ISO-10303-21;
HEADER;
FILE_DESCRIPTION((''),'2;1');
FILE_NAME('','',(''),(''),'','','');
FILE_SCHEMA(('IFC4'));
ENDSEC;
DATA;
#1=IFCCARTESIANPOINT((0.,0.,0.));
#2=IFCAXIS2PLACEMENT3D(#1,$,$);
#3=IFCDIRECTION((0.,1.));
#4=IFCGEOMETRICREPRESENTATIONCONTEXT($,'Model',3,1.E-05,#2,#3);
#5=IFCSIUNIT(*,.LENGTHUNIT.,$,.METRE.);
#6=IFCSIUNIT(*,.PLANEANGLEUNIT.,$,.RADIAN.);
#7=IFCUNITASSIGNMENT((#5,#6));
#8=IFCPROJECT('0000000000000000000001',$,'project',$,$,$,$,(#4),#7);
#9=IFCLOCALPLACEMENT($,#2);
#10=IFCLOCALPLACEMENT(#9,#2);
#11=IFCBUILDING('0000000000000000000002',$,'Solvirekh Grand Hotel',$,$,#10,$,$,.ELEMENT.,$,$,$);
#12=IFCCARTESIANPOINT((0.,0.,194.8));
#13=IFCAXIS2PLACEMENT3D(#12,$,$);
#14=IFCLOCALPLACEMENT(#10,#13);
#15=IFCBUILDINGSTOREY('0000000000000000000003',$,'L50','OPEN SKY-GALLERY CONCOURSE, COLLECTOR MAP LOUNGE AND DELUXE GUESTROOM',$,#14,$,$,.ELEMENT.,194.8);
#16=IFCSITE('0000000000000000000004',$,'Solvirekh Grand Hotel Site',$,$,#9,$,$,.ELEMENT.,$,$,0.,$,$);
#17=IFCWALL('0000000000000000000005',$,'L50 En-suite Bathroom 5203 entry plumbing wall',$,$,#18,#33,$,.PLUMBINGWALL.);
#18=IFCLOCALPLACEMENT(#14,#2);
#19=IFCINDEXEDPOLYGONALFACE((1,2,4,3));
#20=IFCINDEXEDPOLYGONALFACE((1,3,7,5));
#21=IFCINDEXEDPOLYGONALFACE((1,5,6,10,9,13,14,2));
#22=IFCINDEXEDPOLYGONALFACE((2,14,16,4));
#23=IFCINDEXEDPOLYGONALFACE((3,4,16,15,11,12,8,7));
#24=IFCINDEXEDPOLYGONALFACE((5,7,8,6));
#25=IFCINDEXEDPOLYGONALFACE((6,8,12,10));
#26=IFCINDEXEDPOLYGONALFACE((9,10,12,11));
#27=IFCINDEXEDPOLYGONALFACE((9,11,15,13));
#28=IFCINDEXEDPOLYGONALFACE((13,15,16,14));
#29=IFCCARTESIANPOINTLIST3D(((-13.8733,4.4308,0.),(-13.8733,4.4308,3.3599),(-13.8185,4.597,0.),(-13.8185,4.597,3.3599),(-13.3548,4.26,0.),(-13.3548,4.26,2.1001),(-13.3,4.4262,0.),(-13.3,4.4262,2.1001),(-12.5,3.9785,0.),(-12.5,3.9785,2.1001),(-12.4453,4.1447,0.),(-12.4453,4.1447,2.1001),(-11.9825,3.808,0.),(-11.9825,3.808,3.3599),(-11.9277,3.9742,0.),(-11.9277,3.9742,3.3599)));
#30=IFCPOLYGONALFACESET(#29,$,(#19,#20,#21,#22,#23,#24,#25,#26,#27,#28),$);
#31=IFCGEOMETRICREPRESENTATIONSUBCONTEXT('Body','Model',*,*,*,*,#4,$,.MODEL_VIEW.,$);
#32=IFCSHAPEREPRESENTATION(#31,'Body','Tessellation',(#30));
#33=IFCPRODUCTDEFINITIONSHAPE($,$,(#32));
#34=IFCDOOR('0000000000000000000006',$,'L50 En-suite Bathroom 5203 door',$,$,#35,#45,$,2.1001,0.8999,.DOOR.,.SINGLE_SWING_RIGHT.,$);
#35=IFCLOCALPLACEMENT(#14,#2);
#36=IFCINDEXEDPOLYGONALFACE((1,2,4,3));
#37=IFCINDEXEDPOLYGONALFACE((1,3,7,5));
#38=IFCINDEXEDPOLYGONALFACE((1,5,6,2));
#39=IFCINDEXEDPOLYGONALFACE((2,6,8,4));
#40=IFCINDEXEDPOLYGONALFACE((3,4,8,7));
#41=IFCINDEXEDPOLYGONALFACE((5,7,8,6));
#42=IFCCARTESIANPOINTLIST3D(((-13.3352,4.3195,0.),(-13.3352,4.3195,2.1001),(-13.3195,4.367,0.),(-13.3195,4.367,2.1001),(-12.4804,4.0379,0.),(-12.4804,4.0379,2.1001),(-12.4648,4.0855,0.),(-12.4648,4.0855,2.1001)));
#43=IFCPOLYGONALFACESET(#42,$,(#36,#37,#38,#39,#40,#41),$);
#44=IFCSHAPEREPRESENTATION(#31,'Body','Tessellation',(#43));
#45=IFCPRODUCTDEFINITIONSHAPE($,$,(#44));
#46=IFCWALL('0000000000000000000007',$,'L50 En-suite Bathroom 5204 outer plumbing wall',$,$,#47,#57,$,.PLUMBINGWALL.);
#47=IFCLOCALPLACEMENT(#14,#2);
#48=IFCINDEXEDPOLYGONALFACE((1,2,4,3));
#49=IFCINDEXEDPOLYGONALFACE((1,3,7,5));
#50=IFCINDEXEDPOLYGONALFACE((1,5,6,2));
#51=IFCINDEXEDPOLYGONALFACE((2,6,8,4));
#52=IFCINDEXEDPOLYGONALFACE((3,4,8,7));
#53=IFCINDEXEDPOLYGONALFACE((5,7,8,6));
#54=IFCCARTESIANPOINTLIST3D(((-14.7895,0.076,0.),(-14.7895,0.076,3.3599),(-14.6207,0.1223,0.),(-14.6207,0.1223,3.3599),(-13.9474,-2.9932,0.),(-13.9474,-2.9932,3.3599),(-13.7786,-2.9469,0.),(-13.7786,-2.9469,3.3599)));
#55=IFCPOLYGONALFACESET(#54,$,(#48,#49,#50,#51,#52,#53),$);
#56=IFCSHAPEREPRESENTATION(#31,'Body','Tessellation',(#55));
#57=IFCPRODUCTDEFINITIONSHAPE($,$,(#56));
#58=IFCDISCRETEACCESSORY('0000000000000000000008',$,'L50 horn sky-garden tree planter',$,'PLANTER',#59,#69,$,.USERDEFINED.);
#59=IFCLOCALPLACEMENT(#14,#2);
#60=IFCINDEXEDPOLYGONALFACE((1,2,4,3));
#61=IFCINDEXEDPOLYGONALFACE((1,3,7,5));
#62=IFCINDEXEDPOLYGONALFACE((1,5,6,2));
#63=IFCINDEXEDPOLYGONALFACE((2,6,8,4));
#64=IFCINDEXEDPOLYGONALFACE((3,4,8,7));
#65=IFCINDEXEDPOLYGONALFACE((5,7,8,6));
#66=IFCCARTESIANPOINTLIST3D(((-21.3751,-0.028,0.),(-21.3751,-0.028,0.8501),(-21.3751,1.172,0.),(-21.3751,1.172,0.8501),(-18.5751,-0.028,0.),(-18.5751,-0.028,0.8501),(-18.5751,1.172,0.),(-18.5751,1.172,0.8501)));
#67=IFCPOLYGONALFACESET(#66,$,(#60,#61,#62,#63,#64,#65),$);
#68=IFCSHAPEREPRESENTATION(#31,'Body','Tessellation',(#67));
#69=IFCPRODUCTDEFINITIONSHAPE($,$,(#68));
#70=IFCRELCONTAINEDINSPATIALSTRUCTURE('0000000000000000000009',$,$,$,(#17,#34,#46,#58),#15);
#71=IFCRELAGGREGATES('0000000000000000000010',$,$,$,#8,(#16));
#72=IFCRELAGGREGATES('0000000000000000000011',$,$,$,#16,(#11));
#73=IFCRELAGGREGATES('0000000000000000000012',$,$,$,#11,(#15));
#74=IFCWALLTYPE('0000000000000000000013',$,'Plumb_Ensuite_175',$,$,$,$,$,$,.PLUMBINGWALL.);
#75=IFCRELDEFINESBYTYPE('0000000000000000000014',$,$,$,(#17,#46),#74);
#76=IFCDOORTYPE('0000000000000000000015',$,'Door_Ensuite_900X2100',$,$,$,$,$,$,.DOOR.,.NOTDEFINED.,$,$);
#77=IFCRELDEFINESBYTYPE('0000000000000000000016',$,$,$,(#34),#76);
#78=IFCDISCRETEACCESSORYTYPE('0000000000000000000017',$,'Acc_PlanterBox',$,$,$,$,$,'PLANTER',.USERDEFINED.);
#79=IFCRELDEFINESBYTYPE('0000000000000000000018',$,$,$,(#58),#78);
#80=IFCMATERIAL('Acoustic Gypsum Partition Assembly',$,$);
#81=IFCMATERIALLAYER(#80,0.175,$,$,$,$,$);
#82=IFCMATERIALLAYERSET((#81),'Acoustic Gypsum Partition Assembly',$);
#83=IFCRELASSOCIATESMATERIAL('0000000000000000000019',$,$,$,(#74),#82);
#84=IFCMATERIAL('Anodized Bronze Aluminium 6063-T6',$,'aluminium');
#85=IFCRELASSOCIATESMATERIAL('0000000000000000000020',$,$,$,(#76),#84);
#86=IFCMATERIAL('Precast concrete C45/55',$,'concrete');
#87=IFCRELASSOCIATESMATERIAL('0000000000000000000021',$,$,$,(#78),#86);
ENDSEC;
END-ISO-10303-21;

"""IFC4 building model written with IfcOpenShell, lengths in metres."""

from ifc_helpers import new_model, si_unit, direction, frame, frame_2d, origin, origin_2d, place, context, subcontext, project, spatial, rectangle, extrude, material, layer, layer_set, type_object, element, fill, save


model = new_model("IFC4")

# Units and contexts
model_context = context("Model", 3, precision=1e-05, world=origin(), true_north=direction((0.0, 1.0)))
body_context = subcontext(model_context, "Body", "Model", "MODEL_VIEW")
ifc_project = project(units=[si_unit("LENGTHUNIT", "METRE"), si_unit("PLANEANGLEUNIT", "RADIAN")], contexts=[model_context])

# Site, building, storey
site_placement = place(None, origin())
site = spatial("IfcSite", under=ifc_project, at=site_placement, Name="Solvirekh Grand Hotel Site", CompositionType="ELEMENT", RefElevation=0.0)
building_placement = place(site_placement, origin())
building = spatial("IfcBuilding", under=site, at=building_placement, Name="Solvirekh Grand Hotel", CompositionType="ELEMENT")
storey_placement = place(building_placement, frame((0.0, 0.0, 194.8)))
storey = spatial("IfcBuildingStorey", under=building, at=storey_placement, Name="L50", Description="OPEN SKY-GALLERY CONCOURSE, COLLECTOR MAP LOUNGE AND DELUXE GUESTROOM", CompositionType="ELEMENT", Elevation=194.8)

# Shared definitions
ifc_material_1 = material(Name="Anodized Bronze Aluminium 6063-T6", Category="aluminium")

# Shared definitions
ifc_material_2 = material(Name="Acoustic Gypsum Partition Assembly")

# Wall, opening, door
ifc_layer_1 = layer(ifc_material_2, 0.175)
ifc_layer_set_1 = layer_set([ifc_layer_1], Name="Acoustic Gypsum Partition Assembly")
wall_type_1 = type_object("IfcWallType", Name="Plumb_Ensuite_175", PredefinedType="PLUMBINGWALL", material=ifc_layer_set_1)
wall_1_placement = place(storey_placement, frame((-11.9551, 3.8911, 0.0), z_axis=(0.0, 0.0, 1.0), x_axis=(-0.949805, 0.312841, 0.0)))
wall_1 = element("IfcWall", 1, at=wall_1_placement, inside=storey, type_object=wall_type_1, Name="L50 En-suite Bathroom 5203 entry plumbing wall", PredefinedType="PLUMBINGWALL", context=body_context, shape_type="SweptSolid", body=[
    extrude(rectangle(XDim=1.9907, YDim=0.175, at=frame_2d((0.9954, 0.0))), origin(), (0.0, 0.0, 1.0), 3.3599),
])
opening_1_placement = place(wall_1_placement, frame((0.5449, 0.0, 0.0)))
opening_1 = element("IfcOpeningElement", 2, at=opening_1_placement, cuts=wall_1, PredefinedType="OPENING", context=body_context, shape_type="SweptSolid", body=[
    extrude(rectangle(XDim=0.8999, YDim=2.1001, at=frame_2d((0.45, 1.05))), frame((0.0, 0.0977, 0.0), z_axis=(0.0, -1.0, 0.0), x_axis=(1.0, 0.0, 0.0)), (0.0, 0.0, 1.0), 0.1951),
])
door_type_1 = type_object("IfcDoorType", Name="Door_Ensuite_900X2100", OperationType="NOTDEFINED", PredefinedType="DOOR", material=ifc_material_1)
door_1_placement = place(opening_1_placement, origin())
door_1 = element("IfcDoor", 3, at=door_1_placement, inside=storey, type_object=door_type_1, Name="L50 En-suite Bathroom 5203 door", OperationType="SINGLE_SWING_RIGHT", OverallHeight=2.1001, OverallWidth=0.8999, PredefinedType="DOOR", context=body_context, shape_type="SweptSolid", body=[
    extrude(rectangle(XDim=0.8999, YDim=2.1001, at=frame_2d((0.45, 1.05))), frame((0.0, 0.0249, 0.0), z_axis=(0.0, -1.0, 0.0), x_axis=(1.0, 0.0, 0.0)), (0.0, 0.0, 1.0), 0.05),
])
fill(opening_1, door_1)

# Wall
wall_2_placement = place(storey_placement, frame((-14.7051, 0.0991, 0.0), z_axis=(0.0, 0.0, 1.0), x_axis=(0.264584, -0.964363, 0.0)))
element("IfcWall", 4, at=wall_2_placement, inside=storey, type_object=wall_type_1, Name="L50 En-suite Bathroom 5204 outer plumbing wall", PredefinedType="PLUMBINGWALL", context=body_context, shape_type="SweptSolid", body=[
    extrude(rectangle(XDim=3.1826, YDim=0.175, at=frame_2d((1.5913, 0.0))), origin(), (0.0, 0.0, 1.0), 3.3599),
])

# Discrete accessory
ifc_material_3 = material(Name="Precast concrete C45/55", Category="concrete")
discrete_accessory_type = type_object("IfcDiscreteAccessoryType", Name="Acc_PlanterBox", ElementType="PLANTER", PredefinedType="USERDEFINED", material=ifc_material_3)
discrete_accessory_placement = place(storey_placement, frame((-19.9751, 0.572, 0.0), z_axis=(0.0, 0.0, 1.0), x_axis=(0.0, 1.0, 0.0)))
element("IfcDiscreteAccessory", 5, at=discrete_accessory_placement, inside=storey, type_object=discrete_accessory_type, Name="L50 horn sky-garden tree planter", ObjectType="PLANTER", PredefinedType="USERDEFINED", context=body_context, shape_type="SweptSolid", body=[
    extrude(rectangle(XDim=1.2, YDim=2.8, at=origin_2d()), origin(), (0.0, 0.0, 1.0), 0.8501),
])

save(model, "model.ifc")
